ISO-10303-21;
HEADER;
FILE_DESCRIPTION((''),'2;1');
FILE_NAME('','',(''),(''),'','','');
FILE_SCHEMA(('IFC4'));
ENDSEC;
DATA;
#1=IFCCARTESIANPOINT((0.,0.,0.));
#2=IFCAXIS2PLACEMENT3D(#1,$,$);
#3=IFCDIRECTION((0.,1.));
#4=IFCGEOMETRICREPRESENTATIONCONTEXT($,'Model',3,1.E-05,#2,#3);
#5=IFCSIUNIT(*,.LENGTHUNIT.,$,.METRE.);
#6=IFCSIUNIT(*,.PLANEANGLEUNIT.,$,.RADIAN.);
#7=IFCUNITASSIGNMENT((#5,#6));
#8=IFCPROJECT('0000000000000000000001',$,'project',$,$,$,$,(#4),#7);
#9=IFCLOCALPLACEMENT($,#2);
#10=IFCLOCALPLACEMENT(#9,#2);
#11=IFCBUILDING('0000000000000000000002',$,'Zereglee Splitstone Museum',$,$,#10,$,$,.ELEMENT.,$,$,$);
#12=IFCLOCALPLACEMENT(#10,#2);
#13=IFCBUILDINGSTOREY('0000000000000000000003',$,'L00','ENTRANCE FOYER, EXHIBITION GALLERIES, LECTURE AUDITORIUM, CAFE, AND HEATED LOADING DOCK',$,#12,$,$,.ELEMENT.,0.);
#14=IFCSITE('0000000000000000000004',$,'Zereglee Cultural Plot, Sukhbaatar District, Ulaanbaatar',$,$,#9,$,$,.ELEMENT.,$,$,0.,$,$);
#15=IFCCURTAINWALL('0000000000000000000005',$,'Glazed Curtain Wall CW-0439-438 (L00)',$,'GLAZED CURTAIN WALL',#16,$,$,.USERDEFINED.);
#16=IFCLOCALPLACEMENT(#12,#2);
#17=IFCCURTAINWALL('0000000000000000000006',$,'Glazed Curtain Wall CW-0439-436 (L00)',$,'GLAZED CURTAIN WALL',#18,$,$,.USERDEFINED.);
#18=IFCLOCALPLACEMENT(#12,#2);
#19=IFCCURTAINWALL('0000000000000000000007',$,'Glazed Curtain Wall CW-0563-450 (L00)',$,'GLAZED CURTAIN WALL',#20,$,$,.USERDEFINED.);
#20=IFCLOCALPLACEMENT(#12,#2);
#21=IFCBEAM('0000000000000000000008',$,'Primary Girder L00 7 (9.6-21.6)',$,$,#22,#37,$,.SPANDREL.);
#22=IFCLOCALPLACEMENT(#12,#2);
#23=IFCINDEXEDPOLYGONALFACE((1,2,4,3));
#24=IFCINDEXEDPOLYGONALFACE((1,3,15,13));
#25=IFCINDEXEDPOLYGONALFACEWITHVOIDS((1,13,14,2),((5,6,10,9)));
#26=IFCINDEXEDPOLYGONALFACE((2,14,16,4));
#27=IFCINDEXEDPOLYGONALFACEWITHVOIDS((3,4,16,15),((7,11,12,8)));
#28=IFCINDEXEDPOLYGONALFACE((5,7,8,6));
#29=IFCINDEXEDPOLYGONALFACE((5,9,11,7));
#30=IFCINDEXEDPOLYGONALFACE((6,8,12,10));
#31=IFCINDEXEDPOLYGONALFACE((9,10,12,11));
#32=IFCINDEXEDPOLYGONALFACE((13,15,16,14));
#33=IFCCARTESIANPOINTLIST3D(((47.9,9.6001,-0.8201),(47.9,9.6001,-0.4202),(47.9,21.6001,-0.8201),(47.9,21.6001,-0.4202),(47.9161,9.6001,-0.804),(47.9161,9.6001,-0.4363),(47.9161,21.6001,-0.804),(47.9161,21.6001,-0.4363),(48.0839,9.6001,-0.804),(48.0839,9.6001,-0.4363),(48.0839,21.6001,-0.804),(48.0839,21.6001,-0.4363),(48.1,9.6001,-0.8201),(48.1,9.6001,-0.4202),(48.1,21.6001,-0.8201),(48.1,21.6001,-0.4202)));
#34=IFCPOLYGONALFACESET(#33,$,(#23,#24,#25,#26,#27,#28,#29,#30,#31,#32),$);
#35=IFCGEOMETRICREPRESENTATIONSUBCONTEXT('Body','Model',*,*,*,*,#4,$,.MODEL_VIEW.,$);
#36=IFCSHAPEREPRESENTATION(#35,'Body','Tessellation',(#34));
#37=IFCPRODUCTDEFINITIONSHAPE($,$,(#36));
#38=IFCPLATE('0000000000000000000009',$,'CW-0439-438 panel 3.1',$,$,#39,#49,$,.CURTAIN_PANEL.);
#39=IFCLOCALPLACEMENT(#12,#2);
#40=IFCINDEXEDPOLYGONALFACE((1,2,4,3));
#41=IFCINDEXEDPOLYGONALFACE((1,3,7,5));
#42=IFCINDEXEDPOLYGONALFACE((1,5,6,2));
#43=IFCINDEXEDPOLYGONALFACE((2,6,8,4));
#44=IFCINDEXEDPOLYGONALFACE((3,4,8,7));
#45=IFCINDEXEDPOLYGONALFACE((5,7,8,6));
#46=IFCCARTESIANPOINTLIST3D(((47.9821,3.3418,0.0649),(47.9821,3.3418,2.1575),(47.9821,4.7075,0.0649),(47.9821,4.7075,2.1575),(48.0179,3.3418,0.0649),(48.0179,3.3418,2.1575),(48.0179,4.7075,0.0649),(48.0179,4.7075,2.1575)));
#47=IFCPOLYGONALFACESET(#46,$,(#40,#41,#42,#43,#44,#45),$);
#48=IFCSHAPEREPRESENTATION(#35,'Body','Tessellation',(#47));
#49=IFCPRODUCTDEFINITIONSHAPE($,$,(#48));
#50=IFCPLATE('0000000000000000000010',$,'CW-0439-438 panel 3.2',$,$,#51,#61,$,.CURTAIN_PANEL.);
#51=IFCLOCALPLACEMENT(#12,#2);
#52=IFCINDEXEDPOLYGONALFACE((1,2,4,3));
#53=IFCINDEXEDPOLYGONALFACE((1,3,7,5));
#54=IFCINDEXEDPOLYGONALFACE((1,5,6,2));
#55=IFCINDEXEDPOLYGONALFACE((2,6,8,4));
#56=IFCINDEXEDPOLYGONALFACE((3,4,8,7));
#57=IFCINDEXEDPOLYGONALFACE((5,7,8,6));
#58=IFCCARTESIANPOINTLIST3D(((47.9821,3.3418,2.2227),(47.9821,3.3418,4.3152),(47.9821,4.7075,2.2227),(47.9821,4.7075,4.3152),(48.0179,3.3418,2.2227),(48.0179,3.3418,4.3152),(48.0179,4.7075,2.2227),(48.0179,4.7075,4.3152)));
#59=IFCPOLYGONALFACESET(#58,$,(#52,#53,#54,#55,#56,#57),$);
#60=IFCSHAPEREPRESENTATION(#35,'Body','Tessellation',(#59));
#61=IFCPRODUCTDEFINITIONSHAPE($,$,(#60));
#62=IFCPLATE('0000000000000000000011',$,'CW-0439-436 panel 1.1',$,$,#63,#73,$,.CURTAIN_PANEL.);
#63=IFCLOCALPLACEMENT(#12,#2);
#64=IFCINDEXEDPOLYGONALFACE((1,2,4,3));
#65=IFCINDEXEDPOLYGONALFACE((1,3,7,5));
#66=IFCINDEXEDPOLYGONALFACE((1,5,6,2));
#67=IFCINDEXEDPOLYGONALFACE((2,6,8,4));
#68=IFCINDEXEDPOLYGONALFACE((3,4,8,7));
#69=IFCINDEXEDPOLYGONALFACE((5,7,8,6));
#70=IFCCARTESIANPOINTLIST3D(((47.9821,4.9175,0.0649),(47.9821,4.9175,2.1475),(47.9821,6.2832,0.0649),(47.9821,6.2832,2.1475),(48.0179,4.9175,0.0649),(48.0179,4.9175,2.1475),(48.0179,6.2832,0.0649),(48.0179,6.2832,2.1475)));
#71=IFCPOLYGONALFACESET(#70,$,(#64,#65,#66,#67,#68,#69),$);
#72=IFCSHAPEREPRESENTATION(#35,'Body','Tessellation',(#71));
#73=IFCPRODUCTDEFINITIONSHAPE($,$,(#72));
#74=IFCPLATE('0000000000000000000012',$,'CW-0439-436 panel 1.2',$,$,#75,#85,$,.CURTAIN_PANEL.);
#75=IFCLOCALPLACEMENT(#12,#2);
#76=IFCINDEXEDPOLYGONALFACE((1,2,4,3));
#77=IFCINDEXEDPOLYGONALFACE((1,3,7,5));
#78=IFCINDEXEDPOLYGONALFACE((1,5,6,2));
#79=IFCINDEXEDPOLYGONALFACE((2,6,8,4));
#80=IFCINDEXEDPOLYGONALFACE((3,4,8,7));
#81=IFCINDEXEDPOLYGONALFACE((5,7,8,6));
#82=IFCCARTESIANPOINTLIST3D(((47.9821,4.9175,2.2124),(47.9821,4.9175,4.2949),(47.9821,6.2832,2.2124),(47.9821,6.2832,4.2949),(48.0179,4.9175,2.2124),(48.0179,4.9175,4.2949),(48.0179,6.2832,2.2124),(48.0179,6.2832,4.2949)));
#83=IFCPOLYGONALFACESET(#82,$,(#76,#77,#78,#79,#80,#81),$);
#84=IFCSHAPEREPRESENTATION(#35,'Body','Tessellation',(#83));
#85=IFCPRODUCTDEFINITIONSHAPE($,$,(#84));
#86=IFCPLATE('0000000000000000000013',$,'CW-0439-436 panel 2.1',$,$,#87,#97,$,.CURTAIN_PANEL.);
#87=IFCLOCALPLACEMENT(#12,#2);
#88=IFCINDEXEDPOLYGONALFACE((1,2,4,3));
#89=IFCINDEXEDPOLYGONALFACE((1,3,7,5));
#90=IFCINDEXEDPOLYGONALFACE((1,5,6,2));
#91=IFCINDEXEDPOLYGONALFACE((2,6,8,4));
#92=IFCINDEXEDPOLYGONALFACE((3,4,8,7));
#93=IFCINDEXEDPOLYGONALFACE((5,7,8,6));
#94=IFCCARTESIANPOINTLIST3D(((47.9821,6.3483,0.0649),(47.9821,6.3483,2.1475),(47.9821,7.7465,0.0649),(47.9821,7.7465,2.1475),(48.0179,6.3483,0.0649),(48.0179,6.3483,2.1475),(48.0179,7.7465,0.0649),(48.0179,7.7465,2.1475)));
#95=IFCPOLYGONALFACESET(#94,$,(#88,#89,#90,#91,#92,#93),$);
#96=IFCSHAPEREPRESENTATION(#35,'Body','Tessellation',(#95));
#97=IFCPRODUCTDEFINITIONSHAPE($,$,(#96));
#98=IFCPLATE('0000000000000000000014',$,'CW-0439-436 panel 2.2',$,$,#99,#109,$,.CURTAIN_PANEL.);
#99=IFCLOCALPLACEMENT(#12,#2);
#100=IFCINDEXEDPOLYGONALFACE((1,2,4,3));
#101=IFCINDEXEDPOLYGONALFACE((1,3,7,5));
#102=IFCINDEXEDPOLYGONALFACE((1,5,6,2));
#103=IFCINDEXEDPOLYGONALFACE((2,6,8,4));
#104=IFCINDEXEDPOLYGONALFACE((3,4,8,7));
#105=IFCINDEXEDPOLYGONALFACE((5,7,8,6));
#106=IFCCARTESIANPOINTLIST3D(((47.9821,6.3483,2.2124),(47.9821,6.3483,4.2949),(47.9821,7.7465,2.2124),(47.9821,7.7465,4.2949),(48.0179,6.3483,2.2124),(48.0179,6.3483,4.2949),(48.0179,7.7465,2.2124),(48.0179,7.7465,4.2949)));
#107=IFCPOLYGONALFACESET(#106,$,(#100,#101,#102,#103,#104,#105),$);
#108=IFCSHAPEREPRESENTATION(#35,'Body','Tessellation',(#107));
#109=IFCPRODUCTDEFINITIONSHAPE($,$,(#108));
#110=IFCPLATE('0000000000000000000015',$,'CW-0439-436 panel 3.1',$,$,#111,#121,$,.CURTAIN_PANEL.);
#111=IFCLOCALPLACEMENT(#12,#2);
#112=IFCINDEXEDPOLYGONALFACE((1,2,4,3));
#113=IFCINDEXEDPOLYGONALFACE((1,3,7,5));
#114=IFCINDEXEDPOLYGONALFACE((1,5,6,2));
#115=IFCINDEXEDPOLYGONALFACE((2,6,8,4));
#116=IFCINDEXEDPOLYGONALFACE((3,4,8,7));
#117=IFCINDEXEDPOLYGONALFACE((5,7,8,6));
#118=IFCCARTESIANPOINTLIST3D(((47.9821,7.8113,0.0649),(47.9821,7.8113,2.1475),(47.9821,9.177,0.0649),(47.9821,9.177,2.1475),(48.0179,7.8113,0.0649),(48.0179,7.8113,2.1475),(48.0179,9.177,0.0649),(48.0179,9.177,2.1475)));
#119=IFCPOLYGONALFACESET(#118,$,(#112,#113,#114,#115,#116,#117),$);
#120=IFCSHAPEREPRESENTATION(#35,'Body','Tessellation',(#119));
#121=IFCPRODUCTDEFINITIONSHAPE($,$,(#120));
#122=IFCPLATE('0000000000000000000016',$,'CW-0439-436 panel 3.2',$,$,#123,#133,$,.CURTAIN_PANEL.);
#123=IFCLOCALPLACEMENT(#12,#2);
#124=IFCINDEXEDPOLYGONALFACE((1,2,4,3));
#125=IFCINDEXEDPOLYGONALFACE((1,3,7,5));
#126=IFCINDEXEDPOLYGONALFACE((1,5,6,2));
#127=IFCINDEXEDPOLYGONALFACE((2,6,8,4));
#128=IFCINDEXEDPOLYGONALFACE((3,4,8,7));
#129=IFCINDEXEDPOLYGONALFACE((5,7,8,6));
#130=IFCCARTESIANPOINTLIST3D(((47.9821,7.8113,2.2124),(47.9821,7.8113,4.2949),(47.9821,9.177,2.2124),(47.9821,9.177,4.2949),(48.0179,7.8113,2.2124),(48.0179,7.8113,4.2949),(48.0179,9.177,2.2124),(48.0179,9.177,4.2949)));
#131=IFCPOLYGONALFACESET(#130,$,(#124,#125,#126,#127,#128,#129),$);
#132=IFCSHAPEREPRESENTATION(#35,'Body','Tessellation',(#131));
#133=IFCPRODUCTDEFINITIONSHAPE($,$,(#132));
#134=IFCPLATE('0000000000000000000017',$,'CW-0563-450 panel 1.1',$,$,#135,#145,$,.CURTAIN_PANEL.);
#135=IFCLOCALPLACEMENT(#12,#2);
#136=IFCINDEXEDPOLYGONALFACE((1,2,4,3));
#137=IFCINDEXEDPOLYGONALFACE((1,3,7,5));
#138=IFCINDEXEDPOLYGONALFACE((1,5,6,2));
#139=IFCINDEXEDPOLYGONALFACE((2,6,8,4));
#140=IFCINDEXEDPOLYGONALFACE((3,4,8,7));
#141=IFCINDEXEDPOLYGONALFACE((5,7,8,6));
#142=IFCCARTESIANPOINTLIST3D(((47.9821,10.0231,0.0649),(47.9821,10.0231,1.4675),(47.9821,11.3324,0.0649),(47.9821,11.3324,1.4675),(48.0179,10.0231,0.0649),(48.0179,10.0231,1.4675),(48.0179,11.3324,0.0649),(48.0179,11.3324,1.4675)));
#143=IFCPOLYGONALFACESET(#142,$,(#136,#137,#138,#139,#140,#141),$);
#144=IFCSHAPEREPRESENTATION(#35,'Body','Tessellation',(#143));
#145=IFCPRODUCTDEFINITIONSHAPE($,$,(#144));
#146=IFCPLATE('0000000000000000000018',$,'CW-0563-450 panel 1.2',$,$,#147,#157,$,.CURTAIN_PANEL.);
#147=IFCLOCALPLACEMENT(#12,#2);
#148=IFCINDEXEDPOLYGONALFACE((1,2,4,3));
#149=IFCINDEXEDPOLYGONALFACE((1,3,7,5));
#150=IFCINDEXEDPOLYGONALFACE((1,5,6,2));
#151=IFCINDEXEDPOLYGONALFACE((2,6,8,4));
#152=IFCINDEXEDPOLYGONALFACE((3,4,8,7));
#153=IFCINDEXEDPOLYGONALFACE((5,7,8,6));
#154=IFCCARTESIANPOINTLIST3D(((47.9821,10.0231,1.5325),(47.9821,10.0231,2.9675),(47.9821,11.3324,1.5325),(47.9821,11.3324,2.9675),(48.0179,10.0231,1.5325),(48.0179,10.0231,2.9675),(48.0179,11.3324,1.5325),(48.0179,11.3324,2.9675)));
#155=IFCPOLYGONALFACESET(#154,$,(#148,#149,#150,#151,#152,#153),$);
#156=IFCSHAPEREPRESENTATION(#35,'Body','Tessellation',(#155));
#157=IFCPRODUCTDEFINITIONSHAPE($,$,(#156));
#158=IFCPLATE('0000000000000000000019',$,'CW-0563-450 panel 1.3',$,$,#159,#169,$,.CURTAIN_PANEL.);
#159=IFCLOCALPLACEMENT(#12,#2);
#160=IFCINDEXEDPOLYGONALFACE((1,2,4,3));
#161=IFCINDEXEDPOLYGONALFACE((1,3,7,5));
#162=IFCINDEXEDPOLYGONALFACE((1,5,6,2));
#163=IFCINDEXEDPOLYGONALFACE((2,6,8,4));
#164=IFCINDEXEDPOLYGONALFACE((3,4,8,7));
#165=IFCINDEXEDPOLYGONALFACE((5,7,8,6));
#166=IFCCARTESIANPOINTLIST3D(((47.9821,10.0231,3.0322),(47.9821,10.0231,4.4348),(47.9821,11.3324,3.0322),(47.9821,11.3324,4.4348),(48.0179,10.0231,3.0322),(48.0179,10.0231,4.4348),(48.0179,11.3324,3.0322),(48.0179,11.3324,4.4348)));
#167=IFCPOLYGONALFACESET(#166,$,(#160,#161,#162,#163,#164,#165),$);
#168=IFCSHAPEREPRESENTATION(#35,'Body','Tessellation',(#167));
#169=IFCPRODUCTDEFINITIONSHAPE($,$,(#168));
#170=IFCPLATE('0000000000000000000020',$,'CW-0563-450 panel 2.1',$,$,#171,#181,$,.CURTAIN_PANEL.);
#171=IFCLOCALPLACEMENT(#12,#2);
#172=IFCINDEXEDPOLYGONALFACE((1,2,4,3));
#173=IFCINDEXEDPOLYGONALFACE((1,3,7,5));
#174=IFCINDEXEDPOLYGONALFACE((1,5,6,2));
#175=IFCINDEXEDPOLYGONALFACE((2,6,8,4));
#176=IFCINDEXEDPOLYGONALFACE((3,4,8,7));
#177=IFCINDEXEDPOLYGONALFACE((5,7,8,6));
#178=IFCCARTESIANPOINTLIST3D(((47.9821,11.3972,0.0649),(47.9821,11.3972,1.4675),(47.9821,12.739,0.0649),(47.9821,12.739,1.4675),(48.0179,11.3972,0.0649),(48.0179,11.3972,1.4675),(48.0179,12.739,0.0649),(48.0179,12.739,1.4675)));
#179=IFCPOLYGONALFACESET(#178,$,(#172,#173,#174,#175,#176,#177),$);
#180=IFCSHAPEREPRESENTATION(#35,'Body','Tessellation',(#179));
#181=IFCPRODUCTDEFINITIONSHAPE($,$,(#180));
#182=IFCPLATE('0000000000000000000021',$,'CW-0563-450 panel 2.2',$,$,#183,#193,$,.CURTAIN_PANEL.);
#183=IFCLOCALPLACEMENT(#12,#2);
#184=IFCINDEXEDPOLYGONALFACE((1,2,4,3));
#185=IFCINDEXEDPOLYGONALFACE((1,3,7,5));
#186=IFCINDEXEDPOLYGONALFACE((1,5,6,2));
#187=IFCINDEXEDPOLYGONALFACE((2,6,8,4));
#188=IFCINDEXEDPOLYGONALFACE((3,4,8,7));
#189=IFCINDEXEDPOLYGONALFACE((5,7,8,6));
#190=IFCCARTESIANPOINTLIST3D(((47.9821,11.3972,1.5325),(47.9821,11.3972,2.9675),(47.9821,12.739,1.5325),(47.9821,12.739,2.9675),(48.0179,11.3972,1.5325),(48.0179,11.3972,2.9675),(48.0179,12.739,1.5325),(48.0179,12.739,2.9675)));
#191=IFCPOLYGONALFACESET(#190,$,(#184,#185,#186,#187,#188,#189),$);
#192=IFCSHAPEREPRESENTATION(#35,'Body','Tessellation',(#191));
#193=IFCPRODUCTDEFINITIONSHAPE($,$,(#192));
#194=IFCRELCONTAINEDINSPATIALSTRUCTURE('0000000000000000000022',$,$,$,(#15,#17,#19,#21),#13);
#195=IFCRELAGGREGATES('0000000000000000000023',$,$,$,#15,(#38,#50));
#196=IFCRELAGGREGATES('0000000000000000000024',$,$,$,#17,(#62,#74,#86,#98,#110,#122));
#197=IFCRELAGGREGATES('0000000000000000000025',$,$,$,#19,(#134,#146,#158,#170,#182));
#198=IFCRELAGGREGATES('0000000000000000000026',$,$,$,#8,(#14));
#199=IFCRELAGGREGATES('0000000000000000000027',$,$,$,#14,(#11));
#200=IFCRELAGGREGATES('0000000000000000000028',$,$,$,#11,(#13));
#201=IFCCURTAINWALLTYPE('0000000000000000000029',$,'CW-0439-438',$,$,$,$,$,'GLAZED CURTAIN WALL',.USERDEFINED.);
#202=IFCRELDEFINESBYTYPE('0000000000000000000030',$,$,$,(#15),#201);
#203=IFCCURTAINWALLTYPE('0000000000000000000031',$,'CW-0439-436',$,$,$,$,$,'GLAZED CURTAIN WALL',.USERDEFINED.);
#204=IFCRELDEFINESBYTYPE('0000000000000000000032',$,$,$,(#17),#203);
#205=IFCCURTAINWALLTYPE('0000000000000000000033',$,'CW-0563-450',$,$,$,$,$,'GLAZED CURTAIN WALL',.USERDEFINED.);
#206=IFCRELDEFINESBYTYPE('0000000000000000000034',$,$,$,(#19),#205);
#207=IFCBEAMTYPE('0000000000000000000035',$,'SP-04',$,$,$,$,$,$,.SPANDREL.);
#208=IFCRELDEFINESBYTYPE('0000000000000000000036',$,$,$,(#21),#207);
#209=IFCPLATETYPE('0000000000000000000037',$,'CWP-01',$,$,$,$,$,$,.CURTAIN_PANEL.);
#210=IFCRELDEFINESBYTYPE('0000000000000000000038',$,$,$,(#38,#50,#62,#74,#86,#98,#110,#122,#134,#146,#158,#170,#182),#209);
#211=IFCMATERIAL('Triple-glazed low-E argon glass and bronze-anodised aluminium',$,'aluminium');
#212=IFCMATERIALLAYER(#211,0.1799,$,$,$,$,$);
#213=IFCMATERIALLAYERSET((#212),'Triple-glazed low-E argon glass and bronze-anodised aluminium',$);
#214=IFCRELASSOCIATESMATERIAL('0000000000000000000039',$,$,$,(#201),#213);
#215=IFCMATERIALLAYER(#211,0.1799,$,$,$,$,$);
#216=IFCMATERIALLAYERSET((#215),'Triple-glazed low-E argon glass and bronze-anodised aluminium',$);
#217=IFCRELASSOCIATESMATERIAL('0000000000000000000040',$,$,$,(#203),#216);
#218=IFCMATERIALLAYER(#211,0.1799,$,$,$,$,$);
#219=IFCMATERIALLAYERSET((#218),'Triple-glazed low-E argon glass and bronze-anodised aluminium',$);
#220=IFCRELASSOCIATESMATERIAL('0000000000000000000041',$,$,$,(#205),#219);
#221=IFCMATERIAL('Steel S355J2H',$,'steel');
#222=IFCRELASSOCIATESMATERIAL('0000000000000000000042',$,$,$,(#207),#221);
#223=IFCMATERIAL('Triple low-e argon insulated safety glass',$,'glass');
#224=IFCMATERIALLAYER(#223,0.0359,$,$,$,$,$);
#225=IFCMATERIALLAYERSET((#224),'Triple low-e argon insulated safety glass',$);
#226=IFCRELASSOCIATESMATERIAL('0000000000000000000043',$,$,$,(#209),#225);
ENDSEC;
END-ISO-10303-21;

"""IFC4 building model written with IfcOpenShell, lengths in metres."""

from ifc_helpers import new_model, si_unit, direction, frame, origin, origin_2d, place, context, subcontext, project, spatial, rectangle, hollow_rectangle, extrude, material, layer, layer_set, material_profile, profile_set, type_object, element, aggregate, save


model = new_model("IFC4")

# Units and contexts
model_context = context("Model", 3, precision=1e-05, world=origin(), true_north=direction((0.0, 1.0)))
body_context = subcontext(model_context, "Body", "Model", "MODEL_VIEW")
ifc_project = project(units=[si_unit("LENGTHUNIT", "METRE"), si_unit("PLANEANGLEUNIT", "RADIAN")], contexts=[model_context])

# Site, building, storey
site_placement = place(None, origin())
site = spatial("IfcSite", under=ifc_project, at=site_placement, Name="Zereglee Cultural Plot, Sukhbaatar District, Ulaanbaatar", CompositionType="ELEMENT", RefElevation=0.0)
building_placement = place(site_placement, origin())
building = spatial("IfcBuilding", under=site, at=building_placement, Name="Zereglee Splitstone Museum", CompositionType="ELEMENT")
storey_placement = place(building_placement, origin())
storey = spatial("IfcBuildingStorey", under=building, at=storey_placement, Name="L00", Description="ENTRANCE FOYER, EXHIBITION GALLERIES, LECTURE AUDITORIUM, CAFE, AND HEATED LOADING DOCK", CompositionType="ELEMENT", Elevation=0.0)

# Curtain wall
ifc_material_1 = material(Name="Triple-glazed low-E argon glass and bronze-anodised aluminium", Category="aluminium")
ifc_layer_1 = layer(ifc_material_1, 0.1799)
ifc_layer_set_1 = layer_set([ifc_layer_1], Name="Triple-glazed low-E argon glass and bronze-anodised aluminium")
curtain_wall_type_1 = type_object("IfcCurtainWallType", Name="CW-0439-438", ElementType="GLAZED CURTAIN WALL", PredefinedType="USERDEFINED", material=ifc_layer_set_1)
curtain_wall_1_placement = place(storey_placement, origin())
curtain_wall_1 = element("IfcCurtainWall", 1, at=curtain_wall_1_placement, inside=storey, type_object=curtain_wall_type_1, Name="Glazed Curtain Wall CW-0439-438 (L00)", ObjectType="GLAZED CURTAIN WALL", PredefinedType="USERDEFINED")

# Curtain walls
ifc_layer_2 = layer(ifc_material_1, 0.1799)
ifc_layer_set_2 = layer_set([ifc_layer_2], Name="Triple-glazed low-E argon glass and bronze-anodised aluminium")
curtain_wall_type_2 = type_object("IfcCurtainWallType", Name="CW-0439-436", ElementType="GLAZED CURTAIN WALL", PredefinedType="USERDEFINED", material=ifc_layer_set_2)
curtain_wall_2_placement = place(storey_placement, origin())
curtain_wall_2 = element("IfcCurtainWall", 2, at=curtain_wall_2_placement, inside=storey, type_object=curtain_wall_type_2, Name="Glazed Curtain Wall CW-0439-436 (L00)", ObjectType="GLAZED CURTAIN WALL", PredefinedType="USERDEFINED")
ifc_layer_3 = layer(ifc_material_1, 0.1799)
ifc_layer_set_3 = layer_set([ifc_layer_3], Name="Triple-glazed low-E argon glass and bronze-anodised aluminium")
curtain_wall_type_3 = type_object("IfcCurtainWallType", Name="CW-0563-450", ElementType="GLAZED CURTAIN WALL", PredefinedType="USERDEFINED", material=ifc_layer_set_3)
curtain_wall_3_placement = place(storey_placement, origin())
curtain_wall_3 = element("IfcCurtainWall", 3, at=curtain_wall_3_placement, inside=storey, type_object=curtain_wall_type_3, Name="Glazed Curtain Wall CW-0563-450 (L00)", ObjectType="GLAZED CURTAIN WALL", PredefinedType="USERDEFINED")

# Beam
ifc_material_2 = material(Name="Steel S355J2H", Category="steel")
ifc_material_profile_1 = material_profile(ifc_material_2, hollow_rectangle(XDim=0.2, YDim=0.3999, WallThickness=0.0161, at=origin_2d()), Name="RHS 400x200x16")
ifc_profile_set_1 = profile_set([ifc_material_profile_1], Name="Steel S355J2H")
beam_type_1 = type_object("IfcBeamType", Name="SP-04", PredefinedType="SPANDREL", material=ifc_profile_set_1)
beam_1_placement = place(storey_placement, frame((48.0, 9.6001, -0.6201), z_axis=(0.0, 1.0, 0.0), x_axis=(-1.0, 0.0, 0.0)))
element("IfcBeam", 4, at=beam_1_placement, inside=storey, type_object=beam_type_1, Name="Primary Girder L00 7 (9.6-21.6)", PredefinedType="SPANDREL", context=body_context, shape_type="SweptSolid", body=[
    extrude(hollow_rectangle(XDim=0.2, YDim=0.3999, WallThickness=0.0161, at=origin_2d()), origin(), (0.0, 0.0, 1.0), 12.0),
])

# Plates
ifc_material_3 = material(Name="Triple low-e argon insulated safety glass", Category="glass")
ifc_layer_4 = layer(ifc_material_3, 0.0359)
ifc_layer_set_4 = layer_set([ifc_layer_4], Name="Triple low-e argon insulated safety glass")
plate_type = type_object("IfcPlateType", Name="CWP-01", PredefinedType="CURTAIN_PANEL", material=ifc_layer_set_4)
plate_1_placement = place(storey_placement, frame((48.0, 4.0247, 0.0649), z_axis=(0.0, 0.0, 1.0), x_axis=(0.0, 1.0, 0.0)))
plate_1 = element("IfcPlate", 5, at=plate_1_placement, type_object=plate_type, Name="CW-0439-438 panel 3.1", PredefinedType="CURTAIN_PANEL", context=body_context, shape_type="SweptSolid", body=[
    extrude(rectangle(XDim=1.3657, YDim=0.0359, at=origin_2d()), origin(), (0.0, 0.0, 1.0), 2.0925),
])
plate_2_placement = place(storey_placement, frame((48.0, 4.0247, 2.2227), z_axis=(0.0, 0.0, 1.0), x_axis=(0.0, 1.0, 0.0)))
plate_2 = element("IfcPlate", 6, at=plate_2_placement, type_object=plate_type, Name="CW-0439-438 panel 3.2", PredefinedType="CURTAIN_PANEL", context=body_context, shape_type="SweptSolid", body=[
    extrude(rectangle(XDim=1.3657, YDim=0.0359, at=origin_2d()), origin(), (0.0, 0.0, 1.0), 2.0925),
])
aggregate(curtain_wall_1, [plate_1, plate_2])
plate_3_placement = place(storey_placement, frame((48.0, 5.6003, 0.0649), z_axis=(0.0, 0.0, 1.0), x_axis=(0.0, 1.0, 0.0)))
plate_3 = element("IfcPlate", 7, at=plate_3_placement, type_object=plate_type, Name="CW-0439-436 panel 1.1", PredefinedType="CURTAIN_PANEL", context=body_context, shape_type="SweptSolid", body=[
    extrude(rectangle(XDim=1.3657, YDim=0.0359, at=origin_2d()), origin(), (0.0, 0.0, 1.0), 2.0825),
])
plate_4_placement = place(storey_placement, frame((48.0, 5.6003, 2.2124), z_axis=(0.0, 0.0, 1.0), x_axis=(0.0, 1.0, 0.0)))
plate_4 = element("IfcPlate", 8, at=plate_4_placement, type_object=plate_type, Name="CW-0439-436 panel 1.2", PredefinedType="CURTAIN_PANEL", context=body_context, shape_type="SweptSolid", body=[
    extrude(rectangle(XDim=1.3657, YDim=0.0359, at=origin_2d()), origin(), (0.0, 0.0, 1.0), 2.0825),
])
plate_5_placement = place(storey_placement, frame((48.0, 7.0474, 0.0649), z_axis=(0.0, 0.0, 1.0), x_axis=(0.0, 1.0, 0.0)))
plate_5 = element("IfcPlate", 9, at=plate_5_placement, type_object=plate_type, Name="CW-0439-436 panel 2.1", PredefinedType="CURTAIN_PANEL", context=body_context, shape_type="SweptSolid", body=[
    extrude(rectangle(XDim=1.3982, YDim=0.0359, at=origin_2d()), origin(), (0.0, 0.0, 1.0), 2.0825),
])
plate_6_placement = place(storey_placement, frame((48.0, 7.0474, 2.2124), z_axis=(0.0, 0.0, 1.0), x_axis=(0.0, 1.0, 0.0)))
plate_6 = element("IfcPlate", 10, at=plate_6_placement, type_object=plate_type, Name="CW-0439-436 panel 2.2", PredefinedType="CURTAIN_PANEL", context=body_context, shape_type="SweptSolid", body=[
    extrude(rectangle(XDim=1.3982, YDim=0.0359, at=origin_2d()), origin(), (0.0, 0.0, 1.0), 2.0825),
])
plate_7_placement = place(storey_placement, frame((48.0, 8.4941, 0.0649), z_axis=(0.0, 0.0, 1.0), x_axis=(0.0, 1.0, 0.0)))
plate_7 = element("IfcPlate", 11, at=plate_7_placement, type_object=plate_type, Name="CW-0439-436 panel 3.1", PredefinedType="CURTAIN_PANEL", context=body_context, shape_type="SweptSolid", body=[
    extrude(rectangle(XDim=1.3657, YDim=0.0359, at=origin_2d()), origin(), (0.0, 0.0, 1.0), 2.0825),
])
plate_8_placement = place(storey_placement, frame((48.0, 8.4941, 2.2124), z_axis=(0.0, 0.0, 1.0), x_axis=(0.0, 1.0, 0.0)))
plate_8 = element("IfcPlate", 12, at=plate_8_placement, type_object=plate_type, Name="CW-0439-436 panel 3.2", PredefinedType="CURTAIN_PANEL", context=body_context, shape_type="SweptSolid", body=[
    extrude(rectangle(XDim=1.3657, YDim=0.0359, at=origin_2d()), origin(), (0.0, 0.0, 1.0), 2.0825),
])
aggregate(curtain_wall_2, [plate_3, plate_4, plate_5, plate_6, plate_7, plate_8])
plate_9_placement = place(storey_placement, frame((48.0, 10.6777, 0.0649), z_axis=(0.0, 0.0, 1.0), x_axis=(0.0, 1.0, 0.0)))
plate_9 = element("IfcPlate", 13, at=plate_9_placement, type_object=plate_type, Name="CW-0563-450 panel 1.1", PredefinedType="CURTAIN_PANEL", context=body_context, shape_type="SweptSolid", body=[
    extrude(rectangle(XDim=1.3093, YDim=0.0359, at=origin_2d()), origin(), (0.0, 0.0, 1.0), 1.4026),
])
plate_10_placement = place(storey_placement, frame((48.0, 10.6777, 1.5325), z_axis=(0.0, 0.0, 1.0), x_axis=(0.0, 1.0, 0.0)))
plate_10 = element("IfcPlate", 14, at=plate_10_placement, type_object=plate_type, Name="CW-0563-450 panel 1.2", PredefinedType="CURTAIN_PANEL", context=body_context, shape_type="SweptSolid", body=[
    extrude(rectangle(XDim=1.3093, YDim=0.0359, at=origin_2d()), origin(), (0.0, 0.0, 1.0), 1.4351),
])
plate_11_placement = place(storey_placement, frame((48.0, 10.6777, 3.0322), z_axis=(0.0, 0.0, 1.0), x_axis=(0.0, 1.0, 0.0)))
plate_11 = element("IfcPlate", 15, at=plate_11_placement, type_object=plate_type, Name="CW-0563-450 panel 1.3", PredefinedType="CURTAIN_PANEL", context=body_context, shape_type="SweptSolid", body=[
    extrude(rectangle(XDim=1.3093, YDim=0.0359, at=origin_2d()), origin(), (0.0, 0.0, 1.0), 1.4026),
])
plate_12_placement = place(storey_placement, frame((48.0, 12.0681, 0.0649), z_axis=(0.0, 0.0, 1.0), x_axis=(0.0, 1.0, 0.0)))
plate_12 = element("IfcPlate", 16, at=plate_12_placement, type_object=plate_type, Name="CW-0563-450 panel 2.1", PredefinedType="CURTAIN_PANEL", context=body_context, shape_type="SweptSolid", body=[
    extrude(rectangle(XDim=1.3418, YDim=0.0359, at=origin_2d()), origin(), (0.0, 0.0, 1.0), 1.4026),
])
plate_13_placement = place(storey_placement, frame((48.0, 12.0681, 1.5325), z_axis=(0.0, 0.0, 1.0), x_axis=(0.0, 1.0, 0.0)))
plate_13 = element("IfcPlate", 17, at=plate_13_placement, type_object=plate_type, Name="CW-0563-450 panel 2.2", PredefinedType="CURTAIN_PANEL", context=body_context, shape_type="SweptSolid", body=[
    extrude(rectangle(XDim=1.3418, YDim=0.0359, at=origin_2d()), origin(), (0.0, 0.0, 1.0), 1.4351),
])
aggregate(curtain_wall_3, [plate_9, plate_10, plate_11, plate_12, plate_13])

save(model, "model.ifc")
